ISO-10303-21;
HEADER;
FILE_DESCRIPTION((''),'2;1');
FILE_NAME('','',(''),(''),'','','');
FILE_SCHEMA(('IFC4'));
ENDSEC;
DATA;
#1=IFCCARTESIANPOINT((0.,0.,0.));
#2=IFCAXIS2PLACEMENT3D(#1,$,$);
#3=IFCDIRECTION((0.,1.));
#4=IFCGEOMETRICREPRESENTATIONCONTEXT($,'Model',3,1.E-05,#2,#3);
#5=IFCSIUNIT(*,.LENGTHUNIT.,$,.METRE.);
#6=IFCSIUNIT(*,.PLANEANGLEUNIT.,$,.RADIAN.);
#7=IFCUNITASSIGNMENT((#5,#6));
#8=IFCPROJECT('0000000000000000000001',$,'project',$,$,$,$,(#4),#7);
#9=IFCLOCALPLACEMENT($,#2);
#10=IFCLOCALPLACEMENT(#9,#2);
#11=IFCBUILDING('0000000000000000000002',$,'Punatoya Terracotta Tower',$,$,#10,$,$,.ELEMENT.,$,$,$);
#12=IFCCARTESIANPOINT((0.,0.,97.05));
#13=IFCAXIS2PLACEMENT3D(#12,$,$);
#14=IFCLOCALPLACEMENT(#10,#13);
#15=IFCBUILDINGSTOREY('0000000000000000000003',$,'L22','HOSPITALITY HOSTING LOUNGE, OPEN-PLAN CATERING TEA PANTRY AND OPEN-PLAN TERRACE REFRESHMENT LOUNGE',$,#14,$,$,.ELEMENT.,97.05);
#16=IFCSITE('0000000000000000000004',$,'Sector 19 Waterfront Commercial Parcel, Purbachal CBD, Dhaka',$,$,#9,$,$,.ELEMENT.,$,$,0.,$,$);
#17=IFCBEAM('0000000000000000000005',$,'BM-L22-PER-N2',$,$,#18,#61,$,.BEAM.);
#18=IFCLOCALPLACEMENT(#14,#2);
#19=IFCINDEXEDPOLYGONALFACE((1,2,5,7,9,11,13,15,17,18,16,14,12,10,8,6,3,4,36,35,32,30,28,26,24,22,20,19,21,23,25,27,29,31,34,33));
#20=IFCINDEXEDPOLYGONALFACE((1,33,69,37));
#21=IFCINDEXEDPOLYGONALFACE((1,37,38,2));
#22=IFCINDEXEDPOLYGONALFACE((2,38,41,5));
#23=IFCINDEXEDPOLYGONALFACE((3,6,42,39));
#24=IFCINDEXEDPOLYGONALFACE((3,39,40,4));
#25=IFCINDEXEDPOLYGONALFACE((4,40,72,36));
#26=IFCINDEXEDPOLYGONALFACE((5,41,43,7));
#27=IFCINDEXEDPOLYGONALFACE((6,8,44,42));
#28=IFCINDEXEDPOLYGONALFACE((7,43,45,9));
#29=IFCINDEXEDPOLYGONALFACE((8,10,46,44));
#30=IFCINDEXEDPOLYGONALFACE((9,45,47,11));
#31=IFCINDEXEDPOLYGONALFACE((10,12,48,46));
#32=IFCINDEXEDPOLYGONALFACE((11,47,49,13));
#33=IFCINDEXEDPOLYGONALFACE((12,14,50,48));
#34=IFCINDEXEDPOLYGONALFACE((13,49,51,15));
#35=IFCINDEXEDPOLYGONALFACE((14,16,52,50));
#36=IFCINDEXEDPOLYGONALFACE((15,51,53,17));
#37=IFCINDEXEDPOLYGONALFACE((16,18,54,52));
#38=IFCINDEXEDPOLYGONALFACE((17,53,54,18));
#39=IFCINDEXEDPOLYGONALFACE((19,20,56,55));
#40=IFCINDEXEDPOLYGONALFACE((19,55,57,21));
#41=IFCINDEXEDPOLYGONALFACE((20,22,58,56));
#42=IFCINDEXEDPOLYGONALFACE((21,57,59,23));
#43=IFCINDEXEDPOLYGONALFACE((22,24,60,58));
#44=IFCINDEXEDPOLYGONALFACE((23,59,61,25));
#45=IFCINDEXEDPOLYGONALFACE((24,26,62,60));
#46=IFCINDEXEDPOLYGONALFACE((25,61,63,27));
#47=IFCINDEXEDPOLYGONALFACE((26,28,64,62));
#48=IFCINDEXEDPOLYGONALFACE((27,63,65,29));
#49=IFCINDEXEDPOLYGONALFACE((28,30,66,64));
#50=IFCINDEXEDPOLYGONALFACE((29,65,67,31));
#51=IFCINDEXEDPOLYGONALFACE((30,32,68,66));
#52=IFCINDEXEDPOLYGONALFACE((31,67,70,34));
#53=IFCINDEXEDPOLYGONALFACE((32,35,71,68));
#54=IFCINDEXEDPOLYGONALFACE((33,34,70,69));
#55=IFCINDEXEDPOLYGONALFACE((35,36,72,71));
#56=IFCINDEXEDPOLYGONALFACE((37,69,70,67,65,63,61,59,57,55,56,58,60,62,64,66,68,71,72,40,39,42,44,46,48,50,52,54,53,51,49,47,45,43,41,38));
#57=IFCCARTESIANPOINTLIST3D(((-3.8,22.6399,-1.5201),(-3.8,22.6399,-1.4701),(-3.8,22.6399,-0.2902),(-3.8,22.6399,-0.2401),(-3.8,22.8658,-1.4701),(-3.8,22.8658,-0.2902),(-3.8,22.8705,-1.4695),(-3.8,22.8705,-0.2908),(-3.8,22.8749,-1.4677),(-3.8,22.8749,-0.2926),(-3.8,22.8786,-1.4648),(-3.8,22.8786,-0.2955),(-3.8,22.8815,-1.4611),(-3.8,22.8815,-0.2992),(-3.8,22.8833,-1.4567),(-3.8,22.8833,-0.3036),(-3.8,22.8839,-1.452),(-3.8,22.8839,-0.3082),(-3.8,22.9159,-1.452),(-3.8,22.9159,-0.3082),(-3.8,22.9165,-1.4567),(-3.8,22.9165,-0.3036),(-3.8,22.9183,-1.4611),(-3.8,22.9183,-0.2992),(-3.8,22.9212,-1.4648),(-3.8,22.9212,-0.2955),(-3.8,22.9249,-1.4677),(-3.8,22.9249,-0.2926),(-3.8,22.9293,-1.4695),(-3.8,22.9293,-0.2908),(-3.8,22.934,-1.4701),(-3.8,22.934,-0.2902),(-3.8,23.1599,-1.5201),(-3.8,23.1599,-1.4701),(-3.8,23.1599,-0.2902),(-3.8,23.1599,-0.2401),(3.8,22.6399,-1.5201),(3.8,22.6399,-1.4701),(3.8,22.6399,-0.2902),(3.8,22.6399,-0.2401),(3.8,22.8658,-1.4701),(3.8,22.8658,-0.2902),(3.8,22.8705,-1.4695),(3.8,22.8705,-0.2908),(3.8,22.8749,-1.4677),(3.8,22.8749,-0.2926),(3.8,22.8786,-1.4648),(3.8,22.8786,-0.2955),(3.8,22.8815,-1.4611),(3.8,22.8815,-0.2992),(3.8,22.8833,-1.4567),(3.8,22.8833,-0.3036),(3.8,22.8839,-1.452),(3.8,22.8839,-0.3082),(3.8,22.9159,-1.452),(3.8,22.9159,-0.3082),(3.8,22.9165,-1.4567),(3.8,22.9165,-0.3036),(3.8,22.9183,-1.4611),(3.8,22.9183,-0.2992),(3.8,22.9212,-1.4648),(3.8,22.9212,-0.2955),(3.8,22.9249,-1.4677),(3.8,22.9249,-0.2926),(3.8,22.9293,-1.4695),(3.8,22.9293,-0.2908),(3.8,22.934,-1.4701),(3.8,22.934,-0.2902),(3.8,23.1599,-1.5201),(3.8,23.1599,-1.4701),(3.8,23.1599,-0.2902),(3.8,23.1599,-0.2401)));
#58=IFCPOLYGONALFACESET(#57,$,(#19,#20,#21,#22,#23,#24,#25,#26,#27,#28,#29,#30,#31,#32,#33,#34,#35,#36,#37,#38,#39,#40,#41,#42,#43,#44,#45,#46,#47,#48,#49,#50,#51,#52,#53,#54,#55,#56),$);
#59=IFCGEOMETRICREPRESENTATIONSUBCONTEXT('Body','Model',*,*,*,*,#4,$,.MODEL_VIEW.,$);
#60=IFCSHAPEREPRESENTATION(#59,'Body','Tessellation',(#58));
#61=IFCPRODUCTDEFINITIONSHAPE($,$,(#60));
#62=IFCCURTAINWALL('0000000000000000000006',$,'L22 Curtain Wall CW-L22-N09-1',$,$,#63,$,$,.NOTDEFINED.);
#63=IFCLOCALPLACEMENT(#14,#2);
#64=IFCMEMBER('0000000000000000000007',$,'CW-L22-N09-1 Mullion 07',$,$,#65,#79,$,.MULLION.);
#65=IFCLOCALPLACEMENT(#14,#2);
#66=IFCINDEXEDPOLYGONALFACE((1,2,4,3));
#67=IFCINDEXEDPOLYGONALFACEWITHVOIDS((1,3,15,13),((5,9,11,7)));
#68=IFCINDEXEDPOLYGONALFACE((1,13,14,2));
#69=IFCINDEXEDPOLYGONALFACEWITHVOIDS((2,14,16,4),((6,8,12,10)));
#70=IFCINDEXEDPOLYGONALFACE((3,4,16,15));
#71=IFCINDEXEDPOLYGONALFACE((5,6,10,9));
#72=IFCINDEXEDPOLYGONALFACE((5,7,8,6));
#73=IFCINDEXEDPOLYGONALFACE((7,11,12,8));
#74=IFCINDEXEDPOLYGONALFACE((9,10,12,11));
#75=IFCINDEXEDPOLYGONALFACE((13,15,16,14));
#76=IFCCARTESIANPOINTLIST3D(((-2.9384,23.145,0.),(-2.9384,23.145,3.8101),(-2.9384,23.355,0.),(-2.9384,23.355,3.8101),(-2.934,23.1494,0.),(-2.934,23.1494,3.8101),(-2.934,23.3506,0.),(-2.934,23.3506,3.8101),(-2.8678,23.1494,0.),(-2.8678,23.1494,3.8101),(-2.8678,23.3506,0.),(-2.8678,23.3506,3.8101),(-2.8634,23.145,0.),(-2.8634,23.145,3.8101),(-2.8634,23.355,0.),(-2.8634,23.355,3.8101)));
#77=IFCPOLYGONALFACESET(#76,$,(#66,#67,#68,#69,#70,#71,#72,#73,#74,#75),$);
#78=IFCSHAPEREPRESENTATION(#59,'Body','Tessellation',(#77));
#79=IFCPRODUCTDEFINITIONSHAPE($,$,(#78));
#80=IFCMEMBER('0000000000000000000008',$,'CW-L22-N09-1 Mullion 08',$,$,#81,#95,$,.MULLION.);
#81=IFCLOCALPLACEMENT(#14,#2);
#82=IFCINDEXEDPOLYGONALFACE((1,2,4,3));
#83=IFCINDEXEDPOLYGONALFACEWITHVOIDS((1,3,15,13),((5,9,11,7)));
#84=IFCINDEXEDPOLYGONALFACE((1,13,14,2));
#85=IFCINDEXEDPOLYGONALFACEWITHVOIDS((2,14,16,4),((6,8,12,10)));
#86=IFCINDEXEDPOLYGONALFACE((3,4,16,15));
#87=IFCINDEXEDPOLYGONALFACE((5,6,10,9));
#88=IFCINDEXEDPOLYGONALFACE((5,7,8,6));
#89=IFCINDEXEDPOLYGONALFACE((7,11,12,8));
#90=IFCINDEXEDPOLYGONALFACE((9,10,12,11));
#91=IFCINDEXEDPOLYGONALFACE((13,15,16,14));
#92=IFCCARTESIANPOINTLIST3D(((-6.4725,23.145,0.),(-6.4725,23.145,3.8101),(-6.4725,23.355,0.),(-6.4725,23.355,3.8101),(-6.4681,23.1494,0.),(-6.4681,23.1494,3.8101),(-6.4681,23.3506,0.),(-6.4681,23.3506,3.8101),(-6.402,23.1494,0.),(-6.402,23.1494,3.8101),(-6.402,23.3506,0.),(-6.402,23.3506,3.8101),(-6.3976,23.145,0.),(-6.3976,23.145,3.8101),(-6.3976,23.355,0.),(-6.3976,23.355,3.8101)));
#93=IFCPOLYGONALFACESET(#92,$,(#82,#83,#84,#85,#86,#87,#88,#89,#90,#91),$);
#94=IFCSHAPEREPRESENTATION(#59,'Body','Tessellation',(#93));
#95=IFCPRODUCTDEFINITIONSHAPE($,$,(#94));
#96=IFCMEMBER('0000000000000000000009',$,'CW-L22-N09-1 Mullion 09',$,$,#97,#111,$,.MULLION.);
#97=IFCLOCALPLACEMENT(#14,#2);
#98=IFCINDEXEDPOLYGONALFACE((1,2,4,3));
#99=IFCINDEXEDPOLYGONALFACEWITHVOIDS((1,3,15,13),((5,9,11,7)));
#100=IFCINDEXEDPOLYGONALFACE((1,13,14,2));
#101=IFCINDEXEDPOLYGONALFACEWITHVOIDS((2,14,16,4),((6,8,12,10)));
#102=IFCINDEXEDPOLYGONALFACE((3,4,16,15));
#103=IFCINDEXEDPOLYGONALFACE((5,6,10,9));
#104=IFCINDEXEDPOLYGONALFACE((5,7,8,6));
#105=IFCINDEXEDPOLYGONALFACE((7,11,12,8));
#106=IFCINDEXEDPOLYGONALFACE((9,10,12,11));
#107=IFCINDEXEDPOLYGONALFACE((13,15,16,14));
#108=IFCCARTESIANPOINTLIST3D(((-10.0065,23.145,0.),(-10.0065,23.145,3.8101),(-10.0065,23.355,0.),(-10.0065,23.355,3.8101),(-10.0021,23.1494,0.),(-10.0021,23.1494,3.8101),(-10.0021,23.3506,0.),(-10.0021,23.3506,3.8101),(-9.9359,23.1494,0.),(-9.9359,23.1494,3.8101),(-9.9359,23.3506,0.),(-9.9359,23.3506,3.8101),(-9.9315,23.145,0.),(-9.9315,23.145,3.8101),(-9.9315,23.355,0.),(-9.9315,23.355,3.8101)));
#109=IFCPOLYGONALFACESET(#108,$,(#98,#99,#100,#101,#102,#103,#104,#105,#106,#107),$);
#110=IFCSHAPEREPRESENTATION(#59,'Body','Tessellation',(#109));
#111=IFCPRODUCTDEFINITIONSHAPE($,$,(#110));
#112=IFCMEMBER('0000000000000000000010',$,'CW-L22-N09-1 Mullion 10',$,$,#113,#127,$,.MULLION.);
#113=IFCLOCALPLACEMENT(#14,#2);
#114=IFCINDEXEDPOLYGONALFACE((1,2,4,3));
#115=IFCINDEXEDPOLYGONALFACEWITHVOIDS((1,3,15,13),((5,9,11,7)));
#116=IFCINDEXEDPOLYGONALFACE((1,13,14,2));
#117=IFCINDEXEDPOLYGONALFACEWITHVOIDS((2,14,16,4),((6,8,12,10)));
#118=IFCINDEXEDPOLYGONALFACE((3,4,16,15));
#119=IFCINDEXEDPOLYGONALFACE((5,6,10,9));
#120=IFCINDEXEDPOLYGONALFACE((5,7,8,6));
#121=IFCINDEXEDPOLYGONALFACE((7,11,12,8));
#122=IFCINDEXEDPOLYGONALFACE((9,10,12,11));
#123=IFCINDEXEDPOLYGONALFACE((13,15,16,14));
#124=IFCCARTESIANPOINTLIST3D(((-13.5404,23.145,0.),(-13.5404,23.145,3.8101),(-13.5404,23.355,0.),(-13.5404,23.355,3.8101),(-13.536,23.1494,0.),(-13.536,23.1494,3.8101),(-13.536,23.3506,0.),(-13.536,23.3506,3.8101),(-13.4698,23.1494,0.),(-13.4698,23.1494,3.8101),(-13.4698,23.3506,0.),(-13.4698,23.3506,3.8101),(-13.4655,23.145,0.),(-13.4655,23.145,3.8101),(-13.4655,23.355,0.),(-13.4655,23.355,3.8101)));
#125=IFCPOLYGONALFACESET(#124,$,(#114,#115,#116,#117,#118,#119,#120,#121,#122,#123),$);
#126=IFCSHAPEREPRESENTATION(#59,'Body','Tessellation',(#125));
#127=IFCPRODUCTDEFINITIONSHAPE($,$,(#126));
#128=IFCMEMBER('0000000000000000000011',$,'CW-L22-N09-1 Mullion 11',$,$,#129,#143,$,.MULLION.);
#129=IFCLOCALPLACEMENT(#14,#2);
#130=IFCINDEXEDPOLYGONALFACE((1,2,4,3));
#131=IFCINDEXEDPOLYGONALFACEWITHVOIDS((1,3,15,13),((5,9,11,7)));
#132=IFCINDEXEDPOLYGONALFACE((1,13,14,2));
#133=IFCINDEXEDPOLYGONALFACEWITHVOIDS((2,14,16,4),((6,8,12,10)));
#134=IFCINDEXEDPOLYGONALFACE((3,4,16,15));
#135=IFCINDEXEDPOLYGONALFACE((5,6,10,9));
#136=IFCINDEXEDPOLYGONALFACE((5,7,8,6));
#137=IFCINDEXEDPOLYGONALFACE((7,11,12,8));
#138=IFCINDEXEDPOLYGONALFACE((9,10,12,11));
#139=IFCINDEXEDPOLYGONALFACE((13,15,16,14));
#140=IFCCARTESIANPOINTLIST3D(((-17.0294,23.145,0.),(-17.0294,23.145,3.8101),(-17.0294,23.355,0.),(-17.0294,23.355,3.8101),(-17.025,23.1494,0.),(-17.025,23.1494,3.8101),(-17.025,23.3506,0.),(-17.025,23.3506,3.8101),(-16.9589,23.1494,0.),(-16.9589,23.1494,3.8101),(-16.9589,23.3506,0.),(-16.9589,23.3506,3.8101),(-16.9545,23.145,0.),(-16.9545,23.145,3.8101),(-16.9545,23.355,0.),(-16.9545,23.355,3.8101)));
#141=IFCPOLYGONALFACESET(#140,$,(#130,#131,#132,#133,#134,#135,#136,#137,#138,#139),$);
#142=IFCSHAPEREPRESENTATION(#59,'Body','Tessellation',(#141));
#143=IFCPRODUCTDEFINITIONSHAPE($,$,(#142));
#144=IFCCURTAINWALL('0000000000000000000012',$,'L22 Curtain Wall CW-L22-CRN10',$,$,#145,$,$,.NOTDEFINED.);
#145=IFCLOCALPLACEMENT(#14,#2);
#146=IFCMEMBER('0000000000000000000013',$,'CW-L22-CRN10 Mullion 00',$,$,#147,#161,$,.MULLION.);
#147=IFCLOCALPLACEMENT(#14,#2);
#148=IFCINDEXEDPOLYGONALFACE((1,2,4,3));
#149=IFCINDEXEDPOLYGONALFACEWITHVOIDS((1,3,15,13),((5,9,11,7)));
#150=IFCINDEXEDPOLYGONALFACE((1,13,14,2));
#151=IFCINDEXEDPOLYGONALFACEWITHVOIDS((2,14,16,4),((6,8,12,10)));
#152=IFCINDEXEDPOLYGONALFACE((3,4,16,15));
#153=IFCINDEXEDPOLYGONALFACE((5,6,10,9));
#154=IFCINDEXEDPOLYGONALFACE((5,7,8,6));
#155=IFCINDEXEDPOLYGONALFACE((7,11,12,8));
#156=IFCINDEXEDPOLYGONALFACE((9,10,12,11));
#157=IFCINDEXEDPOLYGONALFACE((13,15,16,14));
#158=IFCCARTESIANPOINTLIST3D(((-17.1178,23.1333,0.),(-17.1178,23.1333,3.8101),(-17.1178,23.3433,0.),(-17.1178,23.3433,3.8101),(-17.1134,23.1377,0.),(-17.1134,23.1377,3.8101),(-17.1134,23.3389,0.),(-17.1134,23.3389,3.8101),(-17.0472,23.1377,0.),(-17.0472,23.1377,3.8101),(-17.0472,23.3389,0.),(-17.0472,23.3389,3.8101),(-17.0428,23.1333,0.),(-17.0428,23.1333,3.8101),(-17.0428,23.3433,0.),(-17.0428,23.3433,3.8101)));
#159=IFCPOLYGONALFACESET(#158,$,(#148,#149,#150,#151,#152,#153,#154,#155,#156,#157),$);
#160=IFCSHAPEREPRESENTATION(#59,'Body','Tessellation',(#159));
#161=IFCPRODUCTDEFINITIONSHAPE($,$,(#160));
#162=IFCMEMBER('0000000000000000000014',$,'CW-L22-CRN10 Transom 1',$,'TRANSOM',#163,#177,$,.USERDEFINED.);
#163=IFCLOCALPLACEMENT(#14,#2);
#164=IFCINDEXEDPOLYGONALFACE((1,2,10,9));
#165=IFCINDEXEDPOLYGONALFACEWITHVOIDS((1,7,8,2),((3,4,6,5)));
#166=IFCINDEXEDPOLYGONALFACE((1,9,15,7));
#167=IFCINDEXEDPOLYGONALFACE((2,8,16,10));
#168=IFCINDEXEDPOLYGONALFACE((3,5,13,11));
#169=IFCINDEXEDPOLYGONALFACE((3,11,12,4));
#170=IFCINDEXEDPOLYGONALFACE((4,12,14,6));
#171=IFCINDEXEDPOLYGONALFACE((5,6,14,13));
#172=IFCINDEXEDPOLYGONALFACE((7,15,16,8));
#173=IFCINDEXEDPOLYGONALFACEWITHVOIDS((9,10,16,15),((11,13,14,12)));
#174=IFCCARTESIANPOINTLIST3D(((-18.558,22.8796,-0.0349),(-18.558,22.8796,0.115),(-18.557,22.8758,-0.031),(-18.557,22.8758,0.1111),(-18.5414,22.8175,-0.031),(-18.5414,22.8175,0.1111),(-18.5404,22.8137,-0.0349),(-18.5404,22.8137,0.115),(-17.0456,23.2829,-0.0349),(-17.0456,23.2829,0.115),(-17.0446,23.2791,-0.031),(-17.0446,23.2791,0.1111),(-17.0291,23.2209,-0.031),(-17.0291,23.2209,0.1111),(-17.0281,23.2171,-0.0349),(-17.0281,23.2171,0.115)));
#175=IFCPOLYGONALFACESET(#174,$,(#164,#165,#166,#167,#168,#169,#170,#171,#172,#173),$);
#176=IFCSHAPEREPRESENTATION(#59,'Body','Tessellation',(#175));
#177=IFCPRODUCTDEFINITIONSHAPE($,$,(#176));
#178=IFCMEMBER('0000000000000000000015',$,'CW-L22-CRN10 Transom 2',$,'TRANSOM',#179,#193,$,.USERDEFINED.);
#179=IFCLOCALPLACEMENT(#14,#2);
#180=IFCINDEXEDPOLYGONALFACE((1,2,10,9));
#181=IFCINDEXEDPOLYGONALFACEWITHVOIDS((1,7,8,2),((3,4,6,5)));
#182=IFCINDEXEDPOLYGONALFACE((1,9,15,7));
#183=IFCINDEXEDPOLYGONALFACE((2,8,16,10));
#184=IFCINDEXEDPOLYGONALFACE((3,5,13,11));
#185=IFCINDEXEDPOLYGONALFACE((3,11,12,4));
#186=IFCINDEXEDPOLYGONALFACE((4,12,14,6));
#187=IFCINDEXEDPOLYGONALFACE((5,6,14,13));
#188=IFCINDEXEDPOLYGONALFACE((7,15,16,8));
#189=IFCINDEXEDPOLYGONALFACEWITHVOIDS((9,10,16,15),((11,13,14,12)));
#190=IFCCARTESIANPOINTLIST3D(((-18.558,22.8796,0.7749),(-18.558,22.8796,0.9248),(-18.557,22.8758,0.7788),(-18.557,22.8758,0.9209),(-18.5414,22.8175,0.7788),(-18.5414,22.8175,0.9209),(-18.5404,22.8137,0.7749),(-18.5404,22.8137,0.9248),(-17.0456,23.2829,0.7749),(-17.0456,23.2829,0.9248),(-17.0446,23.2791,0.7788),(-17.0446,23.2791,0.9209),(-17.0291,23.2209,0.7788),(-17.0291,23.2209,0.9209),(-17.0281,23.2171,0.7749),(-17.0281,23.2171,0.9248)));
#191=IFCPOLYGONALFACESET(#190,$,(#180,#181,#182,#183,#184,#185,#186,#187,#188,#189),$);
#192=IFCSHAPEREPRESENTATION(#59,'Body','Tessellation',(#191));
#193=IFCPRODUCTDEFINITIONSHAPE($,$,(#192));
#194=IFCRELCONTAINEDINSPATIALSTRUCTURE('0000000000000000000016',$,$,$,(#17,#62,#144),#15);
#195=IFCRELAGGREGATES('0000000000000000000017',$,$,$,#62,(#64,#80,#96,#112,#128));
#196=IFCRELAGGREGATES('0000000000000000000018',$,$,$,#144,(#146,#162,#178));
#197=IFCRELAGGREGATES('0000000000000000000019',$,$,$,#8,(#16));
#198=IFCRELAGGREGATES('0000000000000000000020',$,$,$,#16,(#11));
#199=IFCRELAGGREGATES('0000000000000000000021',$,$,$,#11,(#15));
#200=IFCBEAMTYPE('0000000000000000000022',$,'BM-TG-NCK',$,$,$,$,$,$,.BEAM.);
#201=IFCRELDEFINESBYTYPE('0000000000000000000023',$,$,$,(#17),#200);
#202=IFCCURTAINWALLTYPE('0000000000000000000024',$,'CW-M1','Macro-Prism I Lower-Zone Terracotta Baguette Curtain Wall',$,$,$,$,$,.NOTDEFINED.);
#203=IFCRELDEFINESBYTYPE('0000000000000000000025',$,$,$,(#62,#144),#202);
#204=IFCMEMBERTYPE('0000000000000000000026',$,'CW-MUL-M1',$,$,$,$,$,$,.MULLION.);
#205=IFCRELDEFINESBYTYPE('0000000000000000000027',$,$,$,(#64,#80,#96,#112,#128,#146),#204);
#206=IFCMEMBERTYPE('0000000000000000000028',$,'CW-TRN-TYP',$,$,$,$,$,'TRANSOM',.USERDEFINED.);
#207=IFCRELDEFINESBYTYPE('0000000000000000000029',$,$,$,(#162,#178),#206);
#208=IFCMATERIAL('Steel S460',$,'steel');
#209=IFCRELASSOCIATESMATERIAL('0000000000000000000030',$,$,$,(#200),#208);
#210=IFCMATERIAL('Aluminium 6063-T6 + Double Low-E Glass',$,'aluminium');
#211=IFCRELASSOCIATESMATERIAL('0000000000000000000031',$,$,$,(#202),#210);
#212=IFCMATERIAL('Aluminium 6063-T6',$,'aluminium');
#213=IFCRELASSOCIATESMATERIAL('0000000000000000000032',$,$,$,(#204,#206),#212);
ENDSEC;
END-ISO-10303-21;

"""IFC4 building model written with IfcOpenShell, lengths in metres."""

from ifc_helpers import new_model, si_unit, direction, frame, origin, origin_2d, place, context, subcontext, project, spatial, hollow_rectangle, i_section, extrude, material, material_profile, profile_set, type_object, element, aggregate, save


model = new_model("IFC4")

# Units and contexts
model_context = context("Model", 3, precision=1e-05, world=origin(), true_north=direction((0.0, 1.0)))
body_context = subcontext(model_context, "Body", "Model", "MODEL_VIEW")
ifc_project = project(units=[si_unit("LENGTHUNIT", "METRE"), si_unit("PLANEANGLEUNIT", "RADIAN")], contexts=[model_context])

# Site, building, storey
site_placement = place(None, origin())
site = spatial("IfcSite", under=ifc_project, at=site_placement, Name="Sector 19 Waterfront Commercial Parcel, Purbachal CBD, Dhaka", CompositionType="ELEMENT", RefElevation=0.0)
building_placement = place(site_placement, origin())
building = spatial("IfcBuilding", under=site, at=building_placement, Name="Punatoya Terracotta Tower", CompositionType="ELEMENT")
storey_placement = place(building_placement, frame((0.0, 0.0, 97.05)))
storey = spatial("IfcBuildingStorey", under=building, at=storey_placement, Name="L22", Description="HOSPITALITY HOSTING LOUNGE, OPEN-PLAN CATERING TEA PANTRY AND OPEN-PLAN TERRACE REFRESHMENT LOUNGE", CompositionType="ELEMENT", Elevation=97.05)

# Shared definitions
ifc_material_1 = material(Name="Steel S460", Category="steel")

# Beam
ifc_material_profile_1 = material_profile(ifc_material_1, i_section(OverallWidth=0.52, OverallDepth=1.28, WebThickness=0.032, FlangeThickness=0.05, FilletRadius=0.0181, at=origin_2d()))
ifc_profile_set_1 = profile_set([ifc_material_profile_1], Name="Steel S460")
beam_type_1 = type_object("IfcBeamType", Name="BM-TG-NCK", PredefinedType="BEAM", material=ifc_profile_set_1)
beam_1_placement = place(storey_placement, frame((-3.8, 22.8999, -0.8801), z_axis=(1.0, 0.0, 0.0), x_axis=(0.0, 1.0, 0.0)))
element("IfcBeam", 1, at=beam_1_placement, inside=storey, type_object=beam_type_1, Name="BM-L22-PER-N2", PredefinedType="BEAM", context=body_context, shape_type="SweptSolid", body=[
    extrude(i_section(OverallWidth=0.52, OverallDepth=1.28, WebThickness=0.032, FlangeThickness=0.05, FilletRadius=0.0181, at=origin_2d()), origin(), (0.0, 0.0, 1.0), 7.6001),
])

# Curtain walls, members
ifc_material_2 = material(Name="Aluminium 6063-T6 + Double Low-E Glass", Category="aluminium")
curtain_wall_type = type_object("IfcCurtainWallType", Name="CW-M1", Description="Macro-Prism I Lower-Zone Terracotta Baguette Curtain Wall", PredefinedType="NOTDEFINED", material=ifc_material_2)
curtain_wall_1_placement = place(storey_placement, origin())
curtain_wall_1 = element("IfcCurtainWall", 2, at=curtain_wall_1_placement, inside=storey, type_object=curtain_wall_type, Name="L22 Curtain Wall CW-L22-N09-1", PredefinedType="NOTDEFINED")
ifc_material_3 = material(Name="Aluminium 6063-T6", Category="aluminium")
ifc_material_profile_2 = material_profile(ifc_material_3, hollow_rectangle(XDim=0.075, YDim=0.21, WallThickness=0.0044, at=origin_2d()))
ifc_profile_set_2 = profile_set([ifc_material_profile_2], Name="Aluminium 6063-T6")
member_type_1 = type_object("IfcMemberType", Name="CW-MUL-M1", PredefinedType="MULLION", material=ifc_profile_set_2)
member_1_placement = place(storey_placement, frame((-2.9009, 23.25, 0.0), z_axis=(0.0, 0.0, 1.0), x_axis=(1.0, 0.0, 0.0)))
member_1 = element("IfcMember", 3, at=member_1_placement, type_object=member_type_1, Name="CW-L22-N09-1 Mullion 07", PredefinedType="MULLION", context=body_context, shape_type="SweptSolid", body=[
    extrude(hollow_rectangle(XDim=0.075, YDim=0.21, WallThickness=0.0044, at=origin_2d()), origin(), (0.0, 0.0, 1.0), 3.8101),
])
member_2_placement = place(storey_placement, frame((-6.4351, 23.25, 0.0), z_axis=(0.0, 0.0, 1.0), x_axis=(1.0, 0.0, 0.0)))
member_2 = element("IfcMember", 4, at=member_2_placement, type_object=member_type_1, Name="CW-L22-N09-1 Mullion 08", PredefinedType="MULLION", context=body_context, shape_type="SweptSolid", body=[
    extrude(hollow_rectangle(XDim=0.075, YDim=0.21, WallThickness=0.0044, at=origin_2d()), origin(), (0.0, 0.0, 1.0), 3.8101),
])
member_3_placement = place(storey_placement, frame((-9.969, 23.25, 0.0), z_axis=(0.0, 0.0, 1.0), x_axis=(1.0, 0.0, 0.0)))
member_3 = element("IfcMember", 5, at=member_3_placement, type_object=member_type_1, Name="CW-L22-N09-1 Mullion 09", PredefinedType="MULLION", context=body_context, shape_type="SweptSolid", body=[
    extrude(hollow_rectangle(XDim=0.075, YDim=0.21, WallThickness=0.0044, at=origin_2d()), origin(), (0.0, 0.0, 1.0), 3.8101),
])
member_4_placement = place(storey_placement, frame((-13.5029, 23.25, 0.0), z_axis=(0.0, 0.0, 1.0), x_axis=(1.0, 0.0, 0.0)))
member_4 = element("IfcMember", 6, at=member_4_placement, type_object=member_type_1, Name="CW-L22-N09-1 Mullion 10", PredefinedType="MULLION", context=body_context, shape_type="SweptSolid", body=[
    extrude(hollow_rectangle(XDim=0.075, YDim=0.21, WallThickness=0.0044, at=origin_2d()), origin(), (0.0, 0.0, 1.0), 3.8101),
])
member_5_placement = place(storey_placement, frame((-16.9919, 23.25, 0.0), z_axis=(0.0, 0.0, 1.0), x_axis=(1.0, 0.0, 0.0)))
member_5 = element("IfcMember", 7, at=member_5_placement, type_object=member_type_1, Name="CW-L22-N09-1 Mullion 11", PredefinedType="MULLION", context=body_context, shape_type="SweptSolid", body=[
    extrude(hollow_rectangle(XDim=0.075, YDim=0.21, WallThickness=0.0044, at=origin_2d()), origin(), (0.0, 0.0, 1.0), 3.8101),
])
curtain_wall_2_placement = place(storey_placement, origin())
curtain_wall_2 = element("IfcCurtainWall", 8, at=curtain_wall_2_placement, inside=storey, type_object=curtain_wall_type, Name="L22 Curtain Wall CW-L22-CRN10", PredefinedType="NOTDEFINED")
member_6_placement = place(storey_placement, frame((-17.0803, 23.2383, 0.0), z_axis=(0.0, 0.0, 1.0), x_axis=(1.0, 0.0, 0.0)))
member_6 = element("IfcMember", 9, at=member_6_placement, type_object=member_type_1, Name="CW-L22-CRN10 Mullion 00", PredefinedType="MULLION", context=body_context, shape_type="SweptSolid", body=[
    extrude(hollow_rectangle(XDim=0.075, YDim=0.21, WallThickness=0.0044, at=origin_2d()), origin(), (0.0, 0.0, 1.0), 3.8101),
])
ifc_material_profile_3 = material_profile(ifc_material_3, hollow_rectangle(XDim=0.0681, YDim=0.1499, WallThickness=0.0039, at=origin_2d()))
ifc_profile_set_3 = profile_set([ifc_material_profile_3], Name="Aluminium 6063-T6")
member_type_2 = type_object("IfcMemberType", Name="CW-TRN-TYP", ElementType="TRANSOM", PredefinedType="USERDEFINED", material=ifc_profile_set_3)
member_7_placement = place(storey_placement, frame((-17.0369, 23.25, 0.04), z_axis=(-0.966225, -0.257701, 0.0), x_axis=(0.257701, -0.966225, 0.0)))
member_7 = element("IfcMember", 10, at=member_7_placement, type_object=member_type_2, Name="CW-L22-CRN10 Transom 1", ObjectType="TRANSOM", PredefinedType="USERDEFINED", context=body_context, shape_type="SweptSolid", body=[
    extrude(hollow_rectangle(XDim=0.0681, YDim=0.1499, WallThickness=0.0039, at=origin_2d()), origin(), (0.0, 0.0, 1.0), 1.5652),
])
member_8_placement = place(storey_placement, frame((-17.0369, 23.25, 0.8499), z_axis=(-0.966225, -0.257701, 0.0), x_axis=(0.257701, -0.966225, 0.0)))
member_8 = element("IfcMember", 11, at=member_8_placement, type_object=member_type_2, Name="CW-L22-CRN10 Transom 2", ObjectType="TRANSOM", PredefinedType="USERDEFINED", context=body_context, shape_type="SweptSolid", body=[
    extrude(hollow_rectangle(XDim=0.0681, YDim=0.1499, WallThickness=0.0039, at=origin_2d()), origin(), (0.0, 0.0, 1.0), 1.5652),
])

aggregate(curtain_wall_1, [member_1, member_2, member_3, member_4, member_5])
aggregate(curtain_wall_2, [member_6, member_7, member_8])

save(model, "model.ifc")
